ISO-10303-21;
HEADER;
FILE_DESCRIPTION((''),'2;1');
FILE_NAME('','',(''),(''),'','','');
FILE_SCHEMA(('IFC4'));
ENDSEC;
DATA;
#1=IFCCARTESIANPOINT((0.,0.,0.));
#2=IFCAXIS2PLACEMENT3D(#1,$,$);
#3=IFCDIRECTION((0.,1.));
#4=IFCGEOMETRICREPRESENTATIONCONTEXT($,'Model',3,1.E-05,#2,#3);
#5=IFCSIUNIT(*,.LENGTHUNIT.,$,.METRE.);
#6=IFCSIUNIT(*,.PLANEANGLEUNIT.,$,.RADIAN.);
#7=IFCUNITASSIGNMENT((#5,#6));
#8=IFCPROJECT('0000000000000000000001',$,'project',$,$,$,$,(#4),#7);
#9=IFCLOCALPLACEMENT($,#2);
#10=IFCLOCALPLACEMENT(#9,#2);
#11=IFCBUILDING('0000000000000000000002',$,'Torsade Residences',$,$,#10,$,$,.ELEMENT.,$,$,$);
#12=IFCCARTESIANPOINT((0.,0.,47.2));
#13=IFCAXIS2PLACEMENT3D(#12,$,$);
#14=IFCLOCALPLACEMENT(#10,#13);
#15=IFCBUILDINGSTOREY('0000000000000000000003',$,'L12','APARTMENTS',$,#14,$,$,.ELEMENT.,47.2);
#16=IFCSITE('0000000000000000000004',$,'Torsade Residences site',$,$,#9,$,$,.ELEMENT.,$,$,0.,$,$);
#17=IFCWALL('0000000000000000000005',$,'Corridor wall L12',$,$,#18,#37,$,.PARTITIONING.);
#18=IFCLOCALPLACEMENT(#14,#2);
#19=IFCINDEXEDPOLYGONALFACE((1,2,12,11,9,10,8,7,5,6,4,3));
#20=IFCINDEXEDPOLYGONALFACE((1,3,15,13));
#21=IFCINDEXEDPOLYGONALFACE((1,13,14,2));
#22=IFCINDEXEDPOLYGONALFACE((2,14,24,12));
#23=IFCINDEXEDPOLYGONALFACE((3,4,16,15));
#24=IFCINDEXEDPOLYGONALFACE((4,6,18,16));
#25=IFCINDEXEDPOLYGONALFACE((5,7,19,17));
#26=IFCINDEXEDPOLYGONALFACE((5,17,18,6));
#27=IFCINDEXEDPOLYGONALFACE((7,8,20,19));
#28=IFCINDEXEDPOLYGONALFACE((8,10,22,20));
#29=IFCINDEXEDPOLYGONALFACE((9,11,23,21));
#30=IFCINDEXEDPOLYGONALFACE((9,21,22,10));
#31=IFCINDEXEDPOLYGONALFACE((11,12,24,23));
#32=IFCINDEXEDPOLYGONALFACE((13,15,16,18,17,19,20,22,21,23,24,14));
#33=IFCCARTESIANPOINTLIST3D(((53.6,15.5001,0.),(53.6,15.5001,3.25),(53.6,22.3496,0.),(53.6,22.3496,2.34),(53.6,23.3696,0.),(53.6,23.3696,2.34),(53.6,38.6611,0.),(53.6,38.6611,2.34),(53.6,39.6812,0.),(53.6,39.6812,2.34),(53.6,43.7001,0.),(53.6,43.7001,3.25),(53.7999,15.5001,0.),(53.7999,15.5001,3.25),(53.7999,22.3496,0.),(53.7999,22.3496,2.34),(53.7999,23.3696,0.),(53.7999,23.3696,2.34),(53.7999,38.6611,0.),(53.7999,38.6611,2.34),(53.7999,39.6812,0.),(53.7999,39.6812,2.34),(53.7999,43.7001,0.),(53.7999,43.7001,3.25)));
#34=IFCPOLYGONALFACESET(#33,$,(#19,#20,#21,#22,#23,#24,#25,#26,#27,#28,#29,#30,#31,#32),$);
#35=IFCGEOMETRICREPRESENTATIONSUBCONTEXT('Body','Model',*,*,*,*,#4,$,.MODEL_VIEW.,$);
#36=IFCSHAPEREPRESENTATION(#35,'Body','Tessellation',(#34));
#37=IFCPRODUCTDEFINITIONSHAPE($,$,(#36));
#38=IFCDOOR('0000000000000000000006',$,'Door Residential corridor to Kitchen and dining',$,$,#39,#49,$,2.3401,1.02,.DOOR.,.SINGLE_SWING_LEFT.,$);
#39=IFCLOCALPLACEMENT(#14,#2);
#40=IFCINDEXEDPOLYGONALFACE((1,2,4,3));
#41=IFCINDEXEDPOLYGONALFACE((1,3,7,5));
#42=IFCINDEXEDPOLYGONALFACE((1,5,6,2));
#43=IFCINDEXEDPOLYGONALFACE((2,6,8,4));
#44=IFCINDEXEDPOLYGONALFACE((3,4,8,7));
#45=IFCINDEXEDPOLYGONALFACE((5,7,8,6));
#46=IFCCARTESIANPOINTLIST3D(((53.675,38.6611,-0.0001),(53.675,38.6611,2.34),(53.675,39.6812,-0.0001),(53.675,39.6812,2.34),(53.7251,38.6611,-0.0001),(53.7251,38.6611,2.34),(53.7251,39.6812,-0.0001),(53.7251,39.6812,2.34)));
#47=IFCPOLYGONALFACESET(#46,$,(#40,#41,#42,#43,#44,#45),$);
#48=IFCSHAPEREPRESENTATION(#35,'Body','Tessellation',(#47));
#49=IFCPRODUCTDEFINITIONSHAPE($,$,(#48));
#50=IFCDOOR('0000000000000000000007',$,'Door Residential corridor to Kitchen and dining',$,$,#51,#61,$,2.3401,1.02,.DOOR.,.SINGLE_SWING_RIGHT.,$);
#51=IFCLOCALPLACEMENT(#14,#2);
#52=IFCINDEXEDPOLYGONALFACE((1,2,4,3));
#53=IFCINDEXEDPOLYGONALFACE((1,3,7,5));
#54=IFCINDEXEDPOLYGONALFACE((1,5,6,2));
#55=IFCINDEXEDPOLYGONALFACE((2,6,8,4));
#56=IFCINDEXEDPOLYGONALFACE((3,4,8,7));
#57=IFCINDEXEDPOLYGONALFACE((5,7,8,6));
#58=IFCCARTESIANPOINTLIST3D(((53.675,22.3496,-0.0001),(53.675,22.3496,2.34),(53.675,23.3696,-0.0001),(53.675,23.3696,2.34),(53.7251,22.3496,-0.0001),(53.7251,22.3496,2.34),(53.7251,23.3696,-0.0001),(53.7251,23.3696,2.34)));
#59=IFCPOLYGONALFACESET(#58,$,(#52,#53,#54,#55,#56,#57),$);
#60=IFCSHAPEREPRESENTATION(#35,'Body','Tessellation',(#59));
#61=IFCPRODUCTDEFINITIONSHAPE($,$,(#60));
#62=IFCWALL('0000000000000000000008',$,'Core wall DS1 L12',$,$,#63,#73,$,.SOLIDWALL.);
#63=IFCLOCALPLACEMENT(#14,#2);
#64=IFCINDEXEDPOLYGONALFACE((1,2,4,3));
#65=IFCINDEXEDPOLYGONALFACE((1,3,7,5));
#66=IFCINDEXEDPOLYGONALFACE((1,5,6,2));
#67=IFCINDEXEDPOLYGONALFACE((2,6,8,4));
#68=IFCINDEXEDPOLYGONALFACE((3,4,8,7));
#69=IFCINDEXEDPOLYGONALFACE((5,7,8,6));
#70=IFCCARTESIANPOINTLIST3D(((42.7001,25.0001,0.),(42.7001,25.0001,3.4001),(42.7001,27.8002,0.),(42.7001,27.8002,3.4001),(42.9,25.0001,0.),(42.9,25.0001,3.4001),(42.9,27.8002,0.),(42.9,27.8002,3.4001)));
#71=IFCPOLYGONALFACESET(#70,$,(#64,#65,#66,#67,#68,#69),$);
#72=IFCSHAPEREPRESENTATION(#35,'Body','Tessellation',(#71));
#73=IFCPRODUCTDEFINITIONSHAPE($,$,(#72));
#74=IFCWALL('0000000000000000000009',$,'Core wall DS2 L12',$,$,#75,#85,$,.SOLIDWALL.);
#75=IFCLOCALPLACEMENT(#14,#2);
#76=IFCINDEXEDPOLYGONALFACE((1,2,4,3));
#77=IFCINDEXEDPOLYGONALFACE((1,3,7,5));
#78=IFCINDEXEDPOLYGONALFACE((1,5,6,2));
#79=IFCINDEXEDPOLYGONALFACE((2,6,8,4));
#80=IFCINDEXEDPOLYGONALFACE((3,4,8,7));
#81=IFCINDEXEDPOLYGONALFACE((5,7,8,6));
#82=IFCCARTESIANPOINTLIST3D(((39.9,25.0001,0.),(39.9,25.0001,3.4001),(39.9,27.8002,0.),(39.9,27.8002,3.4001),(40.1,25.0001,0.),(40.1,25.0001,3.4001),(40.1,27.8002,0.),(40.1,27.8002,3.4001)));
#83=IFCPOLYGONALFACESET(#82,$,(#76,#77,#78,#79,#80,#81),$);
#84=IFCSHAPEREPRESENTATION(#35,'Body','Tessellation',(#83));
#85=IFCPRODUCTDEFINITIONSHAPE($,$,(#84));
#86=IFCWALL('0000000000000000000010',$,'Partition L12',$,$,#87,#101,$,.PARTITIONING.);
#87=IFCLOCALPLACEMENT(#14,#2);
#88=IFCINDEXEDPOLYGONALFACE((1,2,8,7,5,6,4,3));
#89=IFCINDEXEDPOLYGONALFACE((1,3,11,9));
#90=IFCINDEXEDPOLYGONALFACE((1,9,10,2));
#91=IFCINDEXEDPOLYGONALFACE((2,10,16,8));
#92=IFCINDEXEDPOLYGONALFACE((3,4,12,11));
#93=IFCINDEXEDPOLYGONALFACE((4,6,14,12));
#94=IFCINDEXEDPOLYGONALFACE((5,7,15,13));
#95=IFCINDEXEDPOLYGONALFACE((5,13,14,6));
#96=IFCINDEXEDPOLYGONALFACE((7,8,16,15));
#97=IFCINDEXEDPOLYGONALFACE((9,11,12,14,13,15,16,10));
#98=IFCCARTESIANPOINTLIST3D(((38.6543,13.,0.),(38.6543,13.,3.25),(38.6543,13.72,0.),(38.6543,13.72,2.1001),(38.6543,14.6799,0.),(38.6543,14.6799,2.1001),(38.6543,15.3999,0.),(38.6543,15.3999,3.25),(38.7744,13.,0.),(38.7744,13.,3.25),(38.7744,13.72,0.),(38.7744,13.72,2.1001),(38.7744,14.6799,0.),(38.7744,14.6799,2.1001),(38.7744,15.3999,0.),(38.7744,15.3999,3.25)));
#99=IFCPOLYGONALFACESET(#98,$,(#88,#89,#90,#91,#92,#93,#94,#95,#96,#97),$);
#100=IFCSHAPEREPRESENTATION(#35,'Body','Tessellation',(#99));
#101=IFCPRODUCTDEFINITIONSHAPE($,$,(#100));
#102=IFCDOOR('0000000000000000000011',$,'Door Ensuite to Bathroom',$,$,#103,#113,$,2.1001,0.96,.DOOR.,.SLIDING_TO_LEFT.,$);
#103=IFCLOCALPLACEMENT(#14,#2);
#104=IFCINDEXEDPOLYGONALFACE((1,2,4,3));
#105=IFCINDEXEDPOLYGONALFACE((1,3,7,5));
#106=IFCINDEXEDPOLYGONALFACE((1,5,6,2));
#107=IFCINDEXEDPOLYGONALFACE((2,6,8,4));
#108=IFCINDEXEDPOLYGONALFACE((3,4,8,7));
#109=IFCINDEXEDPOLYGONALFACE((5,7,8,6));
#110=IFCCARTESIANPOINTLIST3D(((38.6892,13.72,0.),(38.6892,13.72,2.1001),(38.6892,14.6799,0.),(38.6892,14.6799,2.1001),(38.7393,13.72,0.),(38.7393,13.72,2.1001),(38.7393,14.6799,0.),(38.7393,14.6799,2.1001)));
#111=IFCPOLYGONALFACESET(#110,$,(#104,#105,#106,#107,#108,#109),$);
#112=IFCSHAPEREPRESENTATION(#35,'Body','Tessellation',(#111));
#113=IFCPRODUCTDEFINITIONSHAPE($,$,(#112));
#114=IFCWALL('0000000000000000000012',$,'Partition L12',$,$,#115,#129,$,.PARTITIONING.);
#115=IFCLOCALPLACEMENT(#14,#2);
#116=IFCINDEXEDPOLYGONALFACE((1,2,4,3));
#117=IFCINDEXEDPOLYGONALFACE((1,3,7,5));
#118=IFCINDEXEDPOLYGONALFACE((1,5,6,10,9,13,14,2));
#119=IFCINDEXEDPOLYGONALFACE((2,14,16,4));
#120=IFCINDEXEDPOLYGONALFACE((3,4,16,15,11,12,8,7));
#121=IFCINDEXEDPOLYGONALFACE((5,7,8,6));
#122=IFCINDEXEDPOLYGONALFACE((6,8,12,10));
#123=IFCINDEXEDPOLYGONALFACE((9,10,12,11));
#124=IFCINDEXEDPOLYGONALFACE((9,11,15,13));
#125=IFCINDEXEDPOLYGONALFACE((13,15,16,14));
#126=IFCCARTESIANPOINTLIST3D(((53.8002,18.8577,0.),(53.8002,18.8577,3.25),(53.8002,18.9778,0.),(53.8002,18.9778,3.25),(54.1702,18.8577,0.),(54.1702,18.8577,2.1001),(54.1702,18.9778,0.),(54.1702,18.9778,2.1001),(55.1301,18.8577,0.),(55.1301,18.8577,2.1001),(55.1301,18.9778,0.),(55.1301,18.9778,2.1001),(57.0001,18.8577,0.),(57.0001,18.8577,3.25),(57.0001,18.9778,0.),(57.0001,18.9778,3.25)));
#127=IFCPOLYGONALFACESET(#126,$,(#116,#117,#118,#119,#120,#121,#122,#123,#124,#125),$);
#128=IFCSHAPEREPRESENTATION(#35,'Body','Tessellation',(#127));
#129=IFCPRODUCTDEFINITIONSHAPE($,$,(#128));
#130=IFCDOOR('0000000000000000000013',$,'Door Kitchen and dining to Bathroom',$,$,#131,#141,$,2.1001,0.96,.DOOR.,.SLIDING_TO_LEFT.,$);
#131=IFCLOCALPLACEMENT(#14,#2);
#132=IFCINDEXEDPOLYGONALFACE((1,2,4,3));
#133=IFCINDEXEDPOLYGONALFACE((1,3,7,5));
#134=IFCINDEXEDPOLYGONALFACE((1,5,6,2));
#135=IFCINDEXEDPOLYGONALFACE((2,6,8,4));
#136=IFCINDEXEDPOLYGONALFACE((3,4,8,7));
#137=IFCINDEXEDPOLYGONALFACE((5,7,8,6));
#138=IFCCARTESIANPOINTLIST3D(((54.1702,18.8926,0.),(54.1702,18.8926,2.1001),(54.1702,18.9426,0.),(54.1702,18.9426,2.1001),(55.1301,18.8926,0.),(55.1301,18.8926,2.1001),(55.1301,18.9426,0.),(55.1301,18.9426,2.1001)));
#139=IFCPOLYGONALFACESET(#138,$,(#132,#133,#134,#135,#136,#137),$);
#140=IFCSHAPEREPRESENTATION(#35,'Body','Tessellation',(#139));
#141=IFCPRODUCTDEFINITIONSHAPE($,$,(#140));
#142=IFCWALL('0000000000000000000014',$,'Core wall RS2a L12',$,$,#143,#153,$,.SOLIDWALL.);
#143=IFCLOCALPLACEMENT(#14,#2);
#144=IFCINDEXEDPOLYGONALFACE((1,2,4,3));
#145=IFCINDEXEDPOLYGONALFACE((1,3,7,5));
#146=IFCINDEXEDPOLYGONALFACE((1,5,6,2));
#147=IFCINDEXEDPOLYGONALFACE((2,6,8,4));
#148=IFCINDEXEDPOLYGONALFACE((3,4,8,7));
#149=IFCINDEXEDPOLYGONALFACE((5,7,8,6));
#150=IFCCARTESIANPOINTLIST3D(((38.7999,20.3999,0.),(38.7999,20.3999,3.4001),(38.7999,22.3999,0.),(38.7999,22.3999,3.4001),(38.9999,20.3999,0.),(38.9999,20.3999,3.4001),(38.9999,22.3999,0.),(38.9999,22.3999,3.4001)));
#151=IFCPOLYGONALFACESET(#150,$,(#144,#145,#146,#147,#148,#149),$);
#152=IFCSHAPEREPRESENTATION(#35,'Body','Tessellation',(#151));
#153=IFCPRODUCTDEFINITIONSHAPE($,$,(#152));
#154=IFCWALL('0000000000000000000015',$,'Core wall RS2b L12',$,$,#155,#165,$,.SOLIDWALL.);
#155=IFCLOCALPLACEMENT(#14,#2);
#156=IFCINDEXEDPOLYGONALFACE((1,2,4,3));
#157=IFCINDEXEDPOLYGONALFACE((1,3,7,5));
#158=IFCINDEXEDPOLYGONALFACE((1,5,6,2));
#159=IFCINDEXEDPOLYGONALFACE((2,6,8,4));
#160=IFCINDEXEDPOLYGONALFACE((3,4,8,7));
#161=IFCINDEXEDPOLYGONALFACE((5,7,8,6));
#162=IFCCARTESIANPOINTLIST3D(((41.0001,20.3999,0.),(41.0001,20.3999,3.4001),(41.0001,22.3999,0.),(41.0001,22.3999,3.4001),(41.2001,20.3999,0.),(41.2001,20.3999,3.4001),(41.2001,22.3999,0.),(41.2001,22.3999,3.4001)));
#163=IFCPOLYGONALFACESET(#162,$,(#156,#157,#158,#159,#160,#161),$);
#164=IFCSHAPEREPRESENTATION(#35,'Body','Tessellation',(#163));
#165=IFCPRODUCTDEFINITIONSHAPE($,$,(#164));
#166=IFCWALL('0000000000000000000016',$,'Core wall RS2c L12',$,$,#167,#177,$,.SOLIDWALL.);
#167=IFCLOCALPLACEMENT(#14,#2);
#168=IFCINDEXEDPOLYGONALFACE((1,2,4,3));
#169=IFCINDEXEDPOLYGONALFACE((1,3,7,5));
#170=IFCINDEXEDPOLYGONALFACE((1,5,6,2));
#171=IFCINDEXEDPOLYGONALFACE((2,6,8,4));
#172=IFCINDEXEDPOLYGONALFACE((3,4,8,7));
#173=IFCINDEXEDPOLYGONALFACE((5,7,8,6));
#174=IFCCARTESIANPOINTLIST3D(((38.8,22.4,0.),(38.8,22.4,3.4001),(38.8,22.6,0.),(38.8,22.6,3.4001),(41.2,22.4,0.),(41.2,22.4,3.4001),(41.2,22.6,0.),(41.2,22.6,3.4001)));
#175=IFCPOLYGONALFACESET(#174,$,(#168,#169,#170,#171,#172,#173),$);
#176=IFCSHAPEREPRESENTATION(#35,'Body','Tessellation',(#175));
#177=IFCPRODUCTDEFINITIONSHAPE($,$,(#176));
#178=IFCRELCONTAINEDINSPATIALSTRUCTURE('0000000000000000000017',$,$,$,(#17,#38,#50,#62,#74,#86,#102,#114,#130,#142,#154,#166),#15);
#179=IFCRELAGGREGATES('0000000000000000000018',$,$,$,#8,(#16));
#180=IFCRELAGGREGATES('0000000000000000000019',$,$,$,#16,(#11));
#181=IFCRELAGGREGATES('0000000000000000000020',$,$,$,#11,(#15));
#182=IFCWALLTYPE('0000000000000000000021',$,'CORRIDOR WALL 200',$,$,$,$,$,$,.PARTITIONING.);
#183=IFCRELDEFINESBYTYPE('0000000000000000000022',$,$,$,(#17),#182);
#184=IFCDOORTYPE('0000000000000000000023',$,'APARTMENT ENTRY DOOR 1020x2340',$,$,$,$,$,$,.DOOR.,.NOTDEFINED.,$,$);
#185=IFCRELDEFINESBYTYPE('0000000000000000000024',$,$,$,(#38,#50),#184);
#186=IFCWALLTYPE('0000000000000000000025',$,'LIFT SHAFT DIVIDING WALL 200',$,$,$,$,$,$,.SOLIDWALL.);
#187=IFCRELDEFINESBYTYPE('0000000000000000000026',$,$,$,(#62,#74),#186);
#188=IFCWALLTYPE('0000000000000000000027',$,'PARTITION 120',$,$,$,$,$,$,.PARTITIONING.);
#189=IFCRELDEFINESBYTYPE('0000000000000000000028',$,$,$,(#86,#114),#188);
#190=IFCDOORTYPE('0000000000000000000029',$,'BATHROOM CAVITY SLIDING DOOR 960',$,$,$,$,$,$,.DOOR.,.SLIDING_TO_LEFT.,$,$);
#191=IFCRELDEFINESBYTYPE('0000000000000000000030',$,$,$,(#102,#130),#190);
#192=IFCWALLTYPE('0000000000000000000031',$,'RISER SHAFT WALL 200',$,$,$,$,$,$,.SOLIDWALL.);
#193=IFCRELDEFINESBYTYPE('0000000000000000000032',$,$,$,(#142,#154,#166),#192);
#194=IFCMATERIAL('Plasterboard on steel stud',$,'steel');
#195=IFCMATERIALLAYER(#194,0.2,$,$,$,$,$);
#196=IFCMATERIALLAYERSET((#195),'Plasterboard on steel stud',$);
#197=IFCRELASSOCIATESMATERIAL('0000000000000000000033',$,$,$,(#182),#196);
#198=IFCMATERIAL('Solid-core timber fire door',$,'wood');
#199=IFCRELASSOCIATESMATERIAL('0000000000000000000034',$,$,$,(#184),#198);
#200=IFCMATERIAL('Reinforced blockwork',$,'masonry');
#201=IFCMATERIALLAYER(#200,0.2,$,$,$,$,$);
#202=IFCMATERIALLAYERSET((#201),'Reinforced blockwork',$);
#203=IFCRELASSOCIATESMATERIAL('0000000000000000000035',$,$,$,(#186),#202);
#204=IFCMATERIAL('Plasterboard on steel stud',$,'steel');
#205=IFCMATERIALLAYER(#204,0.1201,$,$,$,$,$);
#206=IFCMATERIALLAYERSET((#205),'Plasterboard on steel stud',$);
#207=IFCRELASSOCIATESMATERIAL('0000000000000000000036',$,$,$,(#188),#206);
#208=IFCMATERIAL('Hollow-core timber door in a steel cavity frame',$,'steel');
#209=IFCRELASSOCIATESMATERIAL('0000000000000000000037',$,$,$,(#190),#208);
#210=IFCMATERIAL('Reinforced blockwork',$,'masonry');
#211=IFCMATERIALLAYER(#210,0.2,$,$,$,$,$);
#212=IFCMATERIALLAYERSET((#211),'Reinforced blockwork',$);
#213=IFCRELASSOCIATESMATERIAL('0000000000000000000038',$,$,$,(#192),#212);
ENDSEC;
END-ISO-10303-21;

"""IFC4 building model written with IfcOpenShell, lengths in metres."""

from ifc_helpers import new_model, si_unit, direction, frame, frame_2d, origin, place, context, subcontext, project, spatial, rectangle, extrude, material, layer, layer_set, type_object, element, fill, save


model = new_model("IFC4")

# Units and contexts
model_context = context("Model", 3, precision=1e-05, world=origin(), true_north=direction((0.0, 1.0)))
body_context = subcontext(model_context, "Body", "Model", "MODEL_VIEW")
ifc_project = project(units=[si_unit("LENGTHUNIT", "METRE"), si_unit("PLANEANGLEUNIT", "RADIAN")], contexts=[model_context])

# Site, building, storey
site_placement = place(None, origin())
site = spatial("IfcSite", under=ifc_project, at=site_placement, Name="Torsade Residences site", CompositionType="ELEMENT", RefElevation=0.0)
building_placement = place(site_placement, origin())
building = spatial("IfcBuilding", under=site, at=building_placement, Name="Torsade Residences", CompositionType="ELEMENT")
storey_placement = place(building_placement, frame((0.0, 0.0, 47.2)))
storey = spatial("IfcBuildingStorey", under=building, at=storey_placement, Name="L12", Description="APARTMENTS", CompositionType="ELEMENT", Elevation=47.2)

# Wall, openings, doors
ifc_material_1 = material(Name="Plasterboard on steel stud", Category="steel")
ifc_layer_1 = layer(ifc_material_1, 0.2)
ifc_layer_set_1 = layer_set([ifc_layer_1], Name="Plasterboard on steel stud")
wall_type_1 = type_object("IfcWallType", Name="CORRIDOR WALL 200", PredefinedType="PARTITIONING", material=ifc_layer_set_1)
wall_1_placement = place(storey_placement, frame((53.7, 15.5, 0.0), z_axis=(0.0, 0.0, 1.0), x_axis=(0.0, 1.0, 0.0)))
wall_1 = element("IfcWall", 1, at=wall_1_placement, inside=storey, type_object=wall_type_1, Name="Corridor wall L12", PredefinedType="PARTITIONING", context=body_context, shape_type="SweptSolid", body=[
    extrude(rectangle(XDim=28.2, YDim=0.2, at=frame_2d((14.1001, 0.0))), origin(), (0.0, 0.0, 1.0), 3.25),
])
opening_1_placement = place(wall_1_placement, frame((23.1611, 0.0, 0.0)))
opening_1 = element("IfcOpeningElement", 2, at=opening_1_placement, cuts=wall_1, PredefinedType="OPENING", context=body_context, shape_type="SweptSolid", body=[
    extrude(rectangle(XDim=1.02, YDim=2.3401, at=frame_2d((0.51, 1.1699))), frame((0.0, 0.1099, 0.0), z_axis=(0.0, -1.0, 0.0), x_axis=(1.0, 0.0, 0.0)), (0.0, 0.0, 1.0), 0.22),
])
opening_2_placement = place(wall_1_placement, frame((6.8496, 0.0, 0.0)))
opening_2 = element("IfcOpeningElement", 3, at=opening_2_placement, cuts=wall_1, PredefinedType="OPENING", context=body_context, shape_type="SweptSolid", body=[
    extrude(rectangle(XDim=1.02, YDim=2.3401, at=frame_2d((0.51, 1.1699))), frame((0.0, 0.1099, 0.0), z_axis=(0.0, -1.0, 0.0), x_axis=(1.0, 0.0, 0.0)), (0.0, 0.0, 1.0), 0.22),
])
ifc_material_2 = material(Name="Solid-core timber fire door", Category="wood")
door_type_1 = type_object("IfcDoorType", Name="APARTMENT ENTRY DOOR 1020x2340", OperationType="NOTDEFINED", PredefinedType="DOOR", material=ifc_material_2)
door_1_placement = place(opening_1_placement, origin())
door_1 = element("IfcDoor", 4, at=door_1_placement, inside=storey, type_object=door_type_1, Name="Door Residential corridor to Kitchen and dining", OperationType="SINGLE_SWING_LEFT", OverallHeight=2.3401, OverallWidth=1.02, PredefinedType="DOOR", context=body_context, shape_type="SweptSolid", body=[
    extrude(rectangle(XDim=1.02, YDim=2.3401, at=frame_2d((0.51, 1.1699))), frame((0.0, 0.0249, 0.0), z_axis=(0.0, -1.0, 0.0), x_axis=(1.0, 0.0, 0.0)), (0.0, 0.0, 1.0), 0.05),
])
fill(opening_1, door_1)
door_2_placement = place(opening_2_placement, origin())
door_2 = element("IfcDoor", 5, at=door_2_placement, inside=storey, type_object=door_type_1, Name="Door Residential corridor to Kitchen and dining", OperationType="SINGLE_SWING_RIGHT", OverallHeight=2.3401, OverallWidth=1.02, PredefinedType="DOOR", context=body_context, shape_type="SweptSolid", body=[
    extrude(rectangle(XDim=1.02, YDim=2.3401, at=frame_2d((0.51, 1.1699))), frame((0.0, 0.0249, 0.0), z_axis=(0.0, -1.0, 0.0), x_axis=(1.0, 0.0, 0.0)), (0.0, 0.0, 1.0), 0.05),
])
fill(opening_2, door_2)

# Walls
ifc_material_3 = material(Name="Reinforced blockwork", Category="masonry")
ifc_layer_2 = layer(ifc_material_3, 0.2)
ifc_layer_set_2 = layer_set([ifc_layer_2], Name="Reinforced blockwork")
wall_type_2 = type_object("IfcWallType", Name="LIFT SHAFT DIVIDING WALL 200", PredefinedType="SOLIDWALL", material=ifc_layer_set_2)
for number, where, z_axis, x_axis, name in (
    (6, (42.8, 27.8, 0.0), (0.0, 0.0, 1.0), (0.0, -1.0, 0.0), "Core wall DS1 L12"),
    (7, (40.0, 27.8, 0.0), (0.0, 0.0, 1.0), (0.0, -1.0, 0.0), "Core wall DS2 L12"),
):
    element("IfcWall", number, at=place(storey_placement, frame(where, z_axis=z_axis, x_axis=x_axis)), inside=storey, type_object=wall_type_2, Name=name, PredefinedType="SOLIDWALL", context=body_context, shape_type="SweptSolid", body=[
        extrude(rectangle(XDim=2.8, YDim=0.2, at=frame_2d((1.3999, 0.0))), origin(), (0.0, 0.0, 1.0), 3.4001),
    ])

# Walls, openings, doors
ifc_material_4 = material(Name="Plasterboard on steel stud", Category="steel")
ifc_layer_3 = layer(ifc_material_4, 0.1201)
ifc_layer_set_3 = layer_set([ifc_layer_3], Name="Plasterboard on steel stud")
wall_type_3 = type_object("IfcWallType", Name="PARTITION 120", PredefinedType="PARTITIONING", material=ifc_layer_set_3)
wall_2_placement = place(storey_placement, frame((38.7144, 15.3999, 0.0), z_axis=(0.0, 0.0, 1.0), x_axis=(0.0, -1.0, 0.0)))
wall_2 = element("IfcWall", 8, at=wall_2_placement, inside=storey, type_object=wall_type_3, Name="Partition L12", PredefinedType="PARTITIONING", context=body_context, shape_type="SweptSolid", body=[
    extrude(rectangle(XDim=2.3999, YDim=0.1201, at=frame_2d((1.2, 0.0))), origin(), (0.0, 0.0, 1.0), 3.25),
])
opening_3_placement = place(wall_2_placement, frame((0.72, 0.0, 0.0)))
opening_3 = element("IfcOpeningElement", 9, at=opening_3_placement, cuts=wall_2, PredefinedType="OPENING", context=body_context, shape_type="SweptSolid", body=[
    extrude(rectangle(XDim=0.96, YDim=2.1001, at=frame_2d((0.48, 1.05))), frame((0.0, 0.0701, 0.0), z_axis=(0.0, -1.0, 0.0), x_axis=(1.0, 0.0, 0.0)), (0.0, 0.0, 1.0), 0.1401),
])
ifc_material_5 = material(Name="Hollow-core timber door in a steel cavity frame", Category="steel")
door_type_2 = type_object("IfcDoorType", Name="BATHROOM CAVITY SLIDING DOOR 960", OperationType="SLIDING_TO_LEFT", PredefinedType="DOOR", material=ifc_material_5)
door_3_placement = place(opening_3_placement, origin())
door_3 = element("IfcDoor", 10, at=door_3_placement, inside=storey, type_object=door_type_2, Name="Door Ensuite to Bathroom", OperationType="SLIDING_TO_LEFT", OverallHeight=2.1001, OverallWidth=0.96, PredefinedType="DOOR", context=body_context, shape_type="SweptSolid", body=[
    extrude(rectangle(XDim=0.96, YDim=2.1001, at=frame_2d((0.48, 1.05))), frame((0.0, 0.0249, 0.0), z_axis=(0.0, -1.0, 0.0), x_axis=(1.0, 0.0, 0.0)), (0.0, 0.0, 1.0), 0.05),
])
fill(opening_3, door_3)
wall_3_placement = place(storey_placement, frame((53.8, 18.9177, 0.0), z_axis=(0.0, 0.0, 1.0), x_axis=(1.0, 0.0, 0.0)))
wall_3 = element("IfcWall", 11, at=wall_3_placement, inside=storey, type_object=wall_type_3, Name="Partition L12", PredefinedType="PARTITIONING", context=body_context, shape_type="SweptSolid", body=[
    extrude(rectangle(XDim=3.2, YDim=0.1201, at=frame_2d((1.6001, 0.0))), origin(), (0.0, 0.0, 1.0), 3.25),
])
opening_4_placement = place(wall_3_placement, frame((0.3701, 0.0, 0.0)))
opening_4 = element("IfcOpeningElement", 12, at=opening_4_placement, cuts=wall_3, PredefinedType="OPENING", context=body_context, shape_type="SweptSolid", body=[
    extrude(rectangle(XDim=0.96, YDim=2.1001, at=frame_2d((0.48, 1.05))), frame((0.0, 0.0701, 0.0), z_axis=(0.0, -1.0, 0.0), x_axis=(1.0, 0.0, 0.0)), (0.0, 0.0, 1.0), 0.1401),
])
door_4_placement = place(opening_4_placement, origin())
door_4 = element("IfcDoor", 13, at=door_4_placement, inside=storey, type_object=door_type_2, Name="Door Kitchen and dining to Bathroom", OperationType="SLIDING_TO_LEFT", OverallHeight=2.1001, OverallWidth=0.96, PredefinedType="DOOR", context=body_context, shape_type="SweptSolid", body=[
    extrude(rectangle(XDim=0.96, YDim=2.1001, at=frame_2d((0.48, 1.05))), frame((0.0, 0.0249, 0.0), z_axis=(0.0, -1.0, 0.0), x_axis=(1.0, 0.0, 0.0)), (0.0, 0.0, 1.0), 0.05),
])
fill(opening_4, door_4)

# Walls
ifc_material_6 = material(Name="Reinforced blockwork", Category="masonry")
ifc_layer_4 = layer(ifc_material_6, 0.2)
ifc_layer_set_4 = layer_set([ifc_layer_4], Name="Reinforced blockwork")
wall_type_4 = type_object("IfcWallType", Name="RISER SHAFT WALL 200", PredefinedType="SOLIDWALL", material=ifc_layer_set_4)
for number, where, z_axis, x_axis, name in (
    (14, (38.8999, 22.3999, 0.0), (0.0, 0.0, 1.0), (0.0, -1.0, 0.0), "Core wall RS2a L12"),
    (15, (41.1001, 22.3999, 0.0), (0.0, 0.0, 1.0), (0.0, -1.0, 0.0), "Core wall RS2b L12"),
):
    element("IfcWall", number, at=place(storey_placement, frame(where, z_axis=z_axis, x_axis=x_axis)), inside=storey, type_object=wall_type_4, Name=name, PredefinedType="SOLIDWALL", context=body_context, shape_type="SweptSolid", body=[
        extrude(rectangle(XDim=2.0, YDim=0.2, at=frame_2d((1.0, 0.0))), origin(), (0.0, 0.0, 1.0), 3.4001),
    ])
for number, where, z_axis, x_axis, name in (
    (16, (38.8, 22.5, 0.0), (0.0, 0.0, 1.0), (1.0, 0.0, 0.0), "Core wall RS2c L12"),
):
    element("IfcWall", number, at=place(storey_placement, frame(where, z_axis=z_axis, x_axis=x_axis)), inside=storey, type_object=wall_type_4, Name=name, PredefinedType="SOLIDWALL", context=body_context, shape_type="SweptSolid", body=[
        extrude(rectangle(XDim=2.3999, YDim=0.2, at=frame_2d((1.2, 0.0))), origin(), (0.0, 0.0, 1.0), 3.4001),
    ])

save(model, "model.ifc")
